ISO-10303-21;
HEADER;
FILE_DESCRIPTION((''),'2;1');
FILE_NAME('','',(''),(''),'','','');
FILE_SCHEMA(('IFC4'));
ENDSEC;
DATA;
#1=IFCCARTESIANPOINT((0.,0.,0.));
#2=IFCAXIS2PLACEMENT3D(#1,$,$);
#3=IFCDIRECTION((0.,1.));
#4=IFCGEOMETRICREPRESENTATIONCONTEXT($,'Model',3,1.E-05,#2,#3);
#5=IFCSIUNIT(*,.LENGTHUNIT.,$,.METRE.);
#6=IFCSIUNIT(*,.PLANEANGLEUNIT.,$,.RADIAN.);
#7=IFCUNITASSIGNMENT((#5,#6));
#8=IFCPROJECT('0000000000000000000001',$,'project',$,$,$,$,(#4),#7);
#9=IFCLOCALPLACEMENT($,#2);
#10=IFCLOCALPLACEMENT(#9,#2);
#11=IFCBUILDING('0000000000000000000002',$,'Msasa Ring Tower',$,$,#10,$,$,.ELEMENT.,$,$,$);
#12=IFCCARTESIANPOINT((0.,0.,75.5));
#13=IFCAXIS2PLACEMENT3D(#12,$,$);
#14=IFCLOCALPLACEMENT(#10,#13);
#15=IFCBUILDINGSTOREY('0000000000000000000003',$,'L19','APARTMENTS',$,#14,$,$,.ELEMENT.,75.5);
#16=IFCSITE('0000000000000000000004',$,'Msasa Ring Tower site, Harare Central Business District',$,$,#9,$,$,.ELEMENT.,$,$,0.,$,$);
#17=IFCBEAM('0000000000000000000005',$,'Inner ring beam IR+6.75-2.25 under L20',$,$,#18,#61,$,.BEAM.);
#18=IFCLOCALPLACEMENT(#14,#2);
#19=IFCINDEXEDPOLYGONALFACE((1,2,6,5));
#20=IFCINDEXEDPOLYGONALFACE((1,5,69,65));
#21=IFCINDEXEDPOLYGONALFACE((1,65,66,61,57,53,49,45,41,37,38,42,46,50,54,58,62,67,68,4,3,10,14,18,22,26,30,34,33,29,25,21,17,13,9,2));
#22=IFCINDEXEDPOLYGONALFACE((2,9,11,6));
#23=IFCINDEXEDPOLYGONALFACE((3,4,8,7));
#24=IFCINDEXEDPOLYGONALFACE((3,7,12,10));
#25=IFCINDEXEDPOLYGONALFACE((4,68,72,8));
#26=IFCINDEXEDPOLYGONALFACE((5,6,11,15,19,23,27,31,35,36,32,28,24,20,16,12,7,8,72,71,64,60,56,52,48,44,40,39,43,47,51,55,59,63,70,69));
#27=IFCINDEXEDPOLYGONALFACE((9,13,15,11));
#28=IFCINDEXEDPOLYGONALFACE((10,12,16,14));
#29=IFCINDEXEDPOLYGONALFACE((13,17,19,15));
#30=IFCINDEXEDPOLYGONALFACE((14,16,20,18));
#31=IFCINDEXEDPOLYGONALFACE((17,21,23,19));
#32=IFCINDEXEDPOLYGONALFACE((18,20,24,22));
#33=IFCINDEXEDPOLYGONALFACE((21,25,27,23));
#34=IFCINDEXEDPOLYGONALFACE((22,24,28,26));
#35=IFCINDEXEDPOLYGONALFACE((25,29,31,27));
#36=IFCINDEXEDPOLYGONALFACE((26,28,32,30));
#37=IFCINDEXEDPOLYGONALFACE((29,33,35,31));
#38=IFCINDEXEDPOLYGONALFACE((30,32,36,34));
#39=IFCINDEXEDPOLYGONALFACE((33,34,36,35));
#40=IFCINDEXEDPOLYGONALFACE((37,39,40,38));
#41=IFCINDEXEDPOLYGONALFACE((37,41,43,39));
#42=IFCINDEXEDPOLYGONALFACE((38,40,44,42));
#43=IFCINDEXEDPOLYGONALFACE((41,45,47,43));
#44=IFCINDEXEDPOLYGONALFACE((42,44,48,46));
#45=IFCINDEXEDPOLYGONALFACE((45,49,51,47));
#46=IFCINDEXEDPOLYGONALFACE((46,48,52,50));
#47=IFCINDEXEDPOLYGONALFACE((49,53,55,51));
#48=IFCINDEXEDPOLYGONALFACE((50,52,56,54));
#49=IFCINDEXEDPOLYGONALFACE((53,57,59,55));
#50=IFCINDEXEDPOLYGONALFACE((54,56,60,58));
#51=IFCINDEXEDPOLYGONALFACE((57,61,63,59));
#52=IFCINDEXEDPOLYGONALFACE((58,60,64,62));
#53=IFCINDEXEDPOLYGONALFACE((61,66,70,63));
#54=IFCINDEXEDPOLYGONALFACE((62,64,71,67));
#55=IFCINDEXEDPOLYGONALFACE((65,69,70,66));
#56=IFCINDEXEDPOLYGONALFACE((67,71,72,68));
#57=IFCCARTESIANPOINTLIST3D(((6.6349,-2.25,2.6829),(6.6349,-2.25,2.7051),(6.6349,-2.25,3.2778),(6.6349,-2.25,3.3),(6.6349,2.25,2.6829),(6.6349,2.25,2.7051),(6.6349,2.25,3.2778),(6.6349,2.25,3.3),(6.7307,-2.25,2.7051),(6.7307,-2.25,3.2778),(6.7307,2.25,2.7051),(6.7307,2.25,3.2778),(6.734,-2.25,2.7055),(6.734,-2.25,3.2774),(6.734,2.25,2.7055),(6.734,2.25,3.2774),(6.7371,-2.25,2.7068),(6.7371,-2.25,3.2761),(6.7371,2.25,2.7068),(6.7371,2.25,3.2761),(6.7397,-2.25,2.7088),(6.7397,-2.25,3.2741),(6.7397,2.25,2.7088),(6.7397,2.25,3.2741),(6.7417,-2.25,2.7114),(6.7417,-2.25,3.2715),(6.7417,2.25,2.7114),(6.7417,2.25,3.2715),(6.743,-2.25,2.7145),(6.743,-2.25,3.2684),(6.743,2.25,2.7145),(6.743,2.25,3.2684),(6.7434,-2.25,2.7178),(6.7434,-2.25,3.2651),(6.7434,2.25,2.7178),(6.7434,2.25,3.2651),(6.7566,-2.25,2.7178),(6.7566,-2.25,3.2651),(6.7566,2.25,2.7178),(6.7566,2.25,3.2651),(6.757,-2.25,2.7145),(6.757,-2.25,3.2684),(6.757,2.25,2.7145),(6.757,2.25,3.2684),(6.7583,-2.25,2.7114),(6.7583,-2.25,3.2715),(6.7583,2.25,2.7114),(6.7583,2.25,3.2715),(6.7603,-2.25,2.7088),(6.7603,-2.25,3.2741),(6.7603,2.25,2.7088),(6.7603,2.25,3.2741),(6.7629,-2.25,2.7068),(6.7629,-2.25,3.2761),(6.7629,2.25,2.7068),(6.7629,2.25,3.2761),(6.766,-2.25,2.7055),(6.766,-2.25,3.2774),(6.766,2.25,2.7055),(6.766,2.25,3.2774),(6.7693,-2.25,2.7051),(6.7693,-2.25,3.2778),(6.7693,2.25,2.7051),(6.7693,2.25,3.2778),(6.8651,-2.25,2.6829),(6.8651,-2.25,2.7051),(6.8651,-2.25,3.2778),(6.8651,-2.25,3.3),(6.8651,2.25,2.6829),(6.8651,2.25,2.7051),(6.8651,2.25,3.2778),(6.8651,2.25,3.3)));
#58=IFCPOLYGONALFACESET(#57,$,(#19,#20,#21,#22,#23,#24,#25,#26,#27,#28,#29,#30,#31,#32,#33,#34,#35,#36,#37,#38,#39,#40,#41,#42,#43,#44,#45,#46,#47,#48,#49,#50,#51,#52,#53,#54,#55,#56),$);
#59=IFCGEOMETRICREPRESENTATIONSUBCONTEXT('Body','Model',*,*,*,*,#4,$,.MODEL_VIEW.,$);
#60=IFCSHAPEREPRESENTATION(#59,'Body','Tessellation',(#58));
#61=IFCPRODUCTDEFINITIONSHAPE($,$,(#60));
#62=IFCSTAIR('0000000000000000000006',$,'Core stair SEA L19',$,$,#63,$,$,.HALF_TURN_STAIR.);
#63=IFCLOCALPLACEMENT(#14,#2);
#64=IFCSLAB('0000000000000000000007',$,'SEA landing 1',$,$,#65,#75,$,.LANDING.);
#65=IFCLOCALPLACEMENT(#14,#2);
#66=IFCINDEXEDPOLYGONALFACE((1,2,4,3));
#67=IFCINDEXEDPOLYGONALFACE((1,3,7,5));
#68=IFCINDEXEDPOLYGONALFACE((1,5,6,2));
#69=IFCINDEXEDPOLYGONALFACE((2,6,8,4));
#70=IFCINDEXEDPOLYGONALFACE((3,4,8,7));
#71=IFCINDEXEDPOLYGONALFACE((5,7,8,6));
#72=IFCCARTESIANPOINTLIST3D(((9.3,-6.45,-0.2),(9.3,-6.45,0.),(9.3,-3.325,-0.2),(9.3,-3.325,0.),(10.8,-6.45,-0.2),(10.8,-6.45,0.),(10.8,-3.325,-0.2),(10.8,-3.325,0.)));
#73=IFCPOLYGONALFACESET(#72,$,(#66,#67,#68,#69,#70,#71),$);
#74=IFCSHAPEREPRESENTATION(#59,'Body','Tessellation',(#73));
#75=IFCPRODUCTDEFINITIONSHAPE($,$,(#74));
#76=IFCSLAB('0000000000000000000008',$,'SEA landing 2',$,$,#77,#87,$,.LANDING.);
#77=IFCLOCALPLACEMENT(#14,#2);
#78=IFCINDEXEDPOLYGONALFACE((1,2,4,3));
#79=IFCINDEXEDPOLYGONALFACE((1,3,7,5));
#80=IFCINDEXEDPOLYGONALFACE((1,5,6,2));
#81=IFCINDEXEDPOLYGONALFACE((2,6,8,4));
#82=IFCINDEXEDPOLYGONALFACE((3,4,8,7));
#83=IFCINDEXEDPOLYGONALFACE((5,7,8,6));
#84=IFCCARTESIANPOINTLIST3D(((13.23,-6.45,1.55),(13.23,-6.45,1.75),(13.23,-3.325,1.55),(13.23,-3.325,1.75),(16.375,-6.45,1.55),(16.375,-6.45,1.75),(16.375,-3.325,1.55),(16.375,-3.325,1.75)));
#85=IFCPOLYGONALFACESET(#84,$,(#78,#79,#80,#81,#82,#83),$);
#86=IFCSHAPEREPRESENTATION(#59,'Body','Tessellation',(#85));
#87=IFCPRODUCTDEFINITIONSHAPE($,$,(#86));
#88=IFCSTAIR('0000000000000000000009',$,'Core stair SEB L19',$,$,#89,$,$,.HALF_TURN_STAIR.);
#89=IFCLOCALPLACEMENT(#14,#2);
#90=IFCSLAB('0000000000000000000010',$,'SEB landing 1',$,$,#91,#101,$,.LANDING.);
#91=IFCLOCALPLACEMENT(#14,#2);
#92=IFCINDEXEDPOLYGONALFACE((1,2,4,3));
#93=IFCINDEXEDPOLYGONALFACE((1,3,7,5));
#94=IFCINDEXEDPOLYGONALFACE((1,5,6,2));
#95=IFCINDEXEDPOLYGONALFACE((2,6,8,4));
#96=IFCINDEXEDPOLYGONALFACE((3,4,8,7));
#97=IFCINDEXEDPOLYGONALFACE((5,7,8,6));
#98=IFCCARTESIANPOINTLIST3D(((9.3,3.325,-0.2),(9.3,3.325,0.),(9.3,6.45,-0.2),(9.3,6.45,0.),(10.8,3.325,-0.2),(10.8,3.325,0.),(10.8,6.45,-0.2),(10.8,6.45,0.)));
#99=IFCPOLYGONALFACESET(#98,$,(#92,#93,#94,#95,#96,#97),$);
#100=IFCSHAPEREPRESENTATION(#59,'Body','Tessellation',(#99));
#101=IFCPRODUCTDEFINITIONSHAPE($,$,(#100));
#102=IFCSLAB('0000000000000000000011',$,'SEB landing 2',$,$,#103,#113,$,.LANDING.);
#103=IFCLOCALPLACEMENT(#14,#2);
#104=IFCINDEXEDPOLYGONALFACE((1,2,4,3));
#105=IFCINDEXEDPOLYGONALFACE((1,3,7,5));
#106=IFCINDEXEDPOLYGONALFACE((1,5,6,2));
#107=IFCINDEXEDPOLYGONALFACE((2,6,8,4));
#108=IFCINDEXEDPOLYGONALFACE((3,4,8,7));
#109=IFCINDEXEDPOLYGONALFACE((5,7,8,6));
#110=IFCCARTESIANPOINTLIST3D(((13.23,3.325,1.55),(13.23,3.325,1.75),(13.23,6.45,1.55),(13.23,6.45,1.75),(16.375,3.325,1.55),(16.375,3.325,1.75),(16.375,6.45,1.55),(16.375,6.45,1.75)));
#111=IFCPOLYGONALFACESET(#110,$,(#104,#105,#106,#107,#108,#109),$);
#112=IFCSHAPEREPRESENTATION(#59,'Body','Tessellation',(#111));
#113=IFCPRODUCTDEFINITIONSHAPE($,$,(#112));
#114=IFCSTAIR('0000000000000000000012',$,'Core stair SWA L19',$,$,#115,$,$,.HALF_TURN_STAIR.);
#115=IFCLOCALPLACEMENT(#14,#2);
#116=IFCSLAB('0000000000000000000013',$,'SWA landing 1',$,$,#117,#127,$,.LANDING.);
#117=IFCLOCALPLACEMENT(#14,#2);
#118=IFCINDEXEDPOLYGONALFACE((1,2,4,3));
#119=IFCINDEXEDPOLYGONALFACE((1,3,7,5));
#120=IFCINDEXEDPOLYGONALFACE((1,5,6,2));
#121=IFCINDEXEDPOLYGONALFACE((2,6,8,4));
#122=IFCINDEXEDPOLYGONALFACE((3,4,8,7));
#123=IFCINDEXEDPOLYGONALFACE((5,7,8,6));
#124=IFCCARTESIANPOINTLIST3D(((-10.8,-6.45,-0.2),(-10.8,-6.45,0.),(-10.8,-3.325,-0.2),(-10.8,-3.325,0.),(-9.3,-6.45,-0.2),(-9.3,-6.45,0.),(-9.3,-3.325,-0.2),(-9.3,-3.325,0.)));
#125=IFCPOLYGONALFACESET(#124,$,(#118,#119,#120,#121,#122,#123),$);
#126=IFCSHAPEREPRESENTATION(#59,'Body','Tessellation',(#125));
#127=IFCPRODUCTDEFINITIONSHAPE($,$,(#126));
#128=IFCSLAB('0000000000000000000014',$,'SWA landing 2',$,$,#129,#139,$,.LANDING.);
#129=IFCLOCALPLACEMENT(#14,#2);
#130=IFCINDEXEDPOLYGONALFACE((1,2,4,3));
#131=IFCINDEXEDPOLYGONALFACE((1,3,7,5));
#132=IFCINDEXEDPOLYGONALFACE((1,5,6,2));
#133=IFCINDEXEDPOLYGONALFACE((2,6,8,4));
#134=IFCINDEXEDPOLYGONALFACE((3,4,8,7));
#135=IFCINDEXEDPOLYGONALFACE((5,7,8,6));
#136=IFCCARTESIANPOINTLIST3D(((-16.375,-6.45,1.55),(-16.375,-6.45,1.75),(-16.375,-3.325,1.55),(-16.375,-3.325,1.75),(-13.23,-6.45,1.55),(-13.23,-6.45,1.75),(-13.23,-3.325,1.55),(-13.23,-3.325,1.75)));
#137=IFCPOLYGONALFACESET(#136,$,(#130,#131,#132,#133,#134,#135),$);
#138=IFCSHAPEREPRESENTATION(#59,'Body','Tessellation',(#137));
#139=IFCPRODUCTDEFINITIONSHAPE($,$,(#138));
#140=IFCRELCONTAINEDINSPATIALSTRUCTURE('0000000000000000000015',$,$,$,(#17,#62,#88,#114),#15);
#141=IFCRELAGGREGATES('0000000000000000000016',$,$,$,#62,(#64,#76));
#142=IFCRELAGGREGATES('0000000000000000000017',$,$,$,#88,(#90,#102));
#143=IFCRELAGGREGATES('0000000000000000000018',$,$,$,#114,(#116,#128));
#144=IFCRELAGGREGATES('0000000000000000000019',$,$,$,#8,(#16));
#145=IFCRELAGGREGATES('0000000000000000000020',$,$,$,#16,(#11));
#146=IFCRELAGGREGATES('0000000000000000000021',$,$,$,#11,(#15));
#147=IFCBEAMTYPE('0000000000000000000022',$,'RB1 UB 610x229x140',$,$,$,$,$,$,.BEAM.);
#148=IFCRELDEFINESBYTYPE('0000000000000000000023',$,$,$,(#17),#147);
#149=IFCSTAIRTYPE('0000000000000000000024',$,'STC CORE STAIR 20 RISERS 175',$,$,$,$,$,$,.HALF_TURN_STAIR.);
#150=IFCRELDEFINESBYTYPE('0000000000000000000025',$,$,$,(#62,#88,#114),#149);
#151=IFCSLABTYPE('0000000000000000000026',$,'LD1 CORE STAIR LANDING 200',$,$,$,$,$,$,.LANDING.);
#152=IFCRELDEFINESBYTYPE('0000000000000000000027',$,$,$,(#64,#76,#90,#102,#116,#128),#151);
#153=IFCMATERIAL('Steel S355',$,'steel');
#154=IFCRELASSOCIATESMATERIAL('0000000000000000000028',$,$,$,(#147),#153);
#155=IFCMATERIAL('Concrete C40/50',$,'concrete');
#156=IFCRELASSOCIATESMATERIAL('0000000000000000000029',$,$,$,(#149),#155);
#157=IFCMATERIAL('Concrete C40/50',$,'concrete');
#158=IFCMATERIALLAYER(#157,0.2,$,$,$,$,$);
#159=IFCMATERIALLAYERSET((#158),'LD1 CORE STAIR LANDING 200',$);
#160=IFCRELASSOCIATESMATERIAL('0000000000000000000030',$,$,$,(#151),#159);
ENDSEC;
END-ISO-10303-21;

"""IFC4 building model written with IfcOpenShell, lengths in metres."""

from ifc_helpers import new_model, si_unit, direction, frame, origin, origin_2d, place, context, subcontext, project, spatial, polyline, i_section, outline, extrude, material, layer, layer_set, material_profile, profile_set, type_object, element, aggregate, save


model = new_model("IFC4")

# Units and contexts
model_context = context("Model", 3, precision=1e-05, world=origin(), true_north=direction((0.0, 1.0)))
body_context = subcontext(model_context, "Body", "Model", "MODEL_VIEW")
ifc_project = project(units=[si_unit("LENGTHUNIT", "METRE"), si_unit("PLANEANGLEUNIT", "RADIAN")], contexts=[model_context])

# Site, building, storey
site_placement = place(None, origin())
site = spatial("IfcSite", under=ifc_project, at=site_placement, Name="Msasa Ring Tower site, Harare Central Business District", CompositionType="ELEMENT", RefElevation=0.0)
building_placement = place(site_placement, origin())
building = spatial("IfcBuilding", under=site, at=building_placement, Name="Msasa Ring Tower", CompositionType="ELEMENT")
storey_placement = place(building_placement, frame((0.0, 0.0, 75.5)))
storey = spatial("IfcBuildingStorey", under=building, at=storey_placement, Name="L19", Description="APARTMENTS", CompositionType="ELEMENT", Elevation=75.5)

# Beam
ifc_material_1 = material(Name="Steel S355", Category="steel")
ifc_material_profile_1 = material_profile(ifc_material_1, i_section(OverallWidth=0.2302, OverallDepth=0.6172, WebThickness=0.0132, FlangeThickness=0.0222, FilletRadius=0.0127, at=origin_2d()), Name="UB 610x229x140")
ifc_profile_set_1 = profile_set([ifc_material_profile_1], Name="Steel S355")
beam_type = type_object("IfcBeamType", Name="RB1 UB 610x229x140", PredefinedType="BEAM", material=ifc_profile_set_1)
for number, where, z_axis, x_axis, name in (
    (1, (6.75, -2.25, 2.9915), (0.0, 1.0, 0.0), (-1.0, 0.0, 0.0), "Inner ring beam IR+6.75-2.25 under L20"),
):
    element("IfcBeam", number, at=place(storey_placement, frame(where, z_axis=z_axis, x_axis=x_axis)), inside=storey, type_object=beam_type, Name=name, PredefinedType="BEAM", context=body_context, shape_type="SweptSolid", body=[
        extrude(i_section(OverallWidth=0.2302, OverallDepth=0.6172, WebThickness=0.0132, FlangeThickness=0.0222, FilletRadius=0.0127, at=origin_2d()), origin(), (0.0, 0.0, 1.0), 4.5),
    ])

# Stairs, slabs
ifc_material_2 = material(Name="Concrete C40/50", Category="concrete")
stair_type = type_object("IfcStairType", Name="STC CORE STAIR 20 RISERS 175", PredefinedType="HALF_TURN_STAIR", material=ifc_material_2)
stair_1_placement = place(storey_placement, origin())
stair_1 = element("IfcStair", 2, at=stair_1_placement, inside=storey, type_object=stair_type, Name="Core stair SEA L19", PredefinedType="HALF_TURN_STAIR")
ifc_material_3 = material(Name="Concrete C40/50", Category="concrete")
ifc_layer = layer(ifc_material_3, 0.2)
ifc_layer_set = layer_set([ifc_layer], Name="LD1 CORE STAIR LANDING 200")
slab_type = type_object("IfcSlabType", Name="LD1 CORE STAIR LANDING 200", PredefinedType="LANDING", material=ifc_layer_set)
slab_1_placement = place(storey_placement, frame((0.0, 0.0, -0.2)))
slab_1 = element("IfcSlab", 3, at=slab_1_placement, type_object=slab_type, Name="SEA landing 1", PredefinedType="LANDING", context=body_context, shape_type="SweptSolid", body=[
    extrude(outline(polyline([(9.3, -6.45), (10.8, -6.45), (10.8, -3.325), (9.3, -3.325), (9.3, -6.45)])), origin(), (0.0, 0.0, 1.0), 0.2),
])
slab_2_placement = place(storey_placement, frame((0.0, 0.0, 1.55)))
slab_2 = element("IfcSlab", 4, at=slab_2_placement, type_object=slab_type, Name="SEA landing 2", PredefinedType="LANDING", context=body_context, shape_type="SweptSolid", body=[
    extrude(outline(polyline([(13.23, -6.45), (16.375, -6.45), (16.375, -3.325), (13.23, -3.325), (13.23, -6.45)])), origin(), (0.0, 0.0, 1.0), 0.2),
])
aggregate(stair_1, [slab_1, slab_2])
stair_2_placement = place(storey_placement, origin())
stair_2 = element("IfcStair", 5, at=stair_2_placement, inside=storey, type_object=stair_type, Name="Core stair SEB L19", PredefinedType="HALF_TURN_STAIR")
slab_3_placement = place(storey_placement, frame((0.0, 0.0, -0.2)))
slab_3 = element("IfcSlab", 6, at=slab_3_placement, type_object=slab_type, Name="SEB landing 1", PredefinedType="LANDING", context=body_context, shape_type="SweptSolid", body=[
    extrude(outline(polyline([(9.3, 3.325), (10.8, 3.325), (10.8, 6.45), (9.3, 6.45), (9.3, 3.325)])), origin(), (0.0, 0.0, 1.0), 0.2),
])
slab_4_placement = place(storey_placement, frame((0.0, 0.0, 1.55)))
slab_4 = element("IfcSlab", 7, at=slab_4_placement, type_object=slab_type, Name="SEB landing 2", PredefinedType="LANDING", context=body_context, shape_type="SweptSolid", body=[
    extrude(outline(polyline([(13.23, 3.325), (16.375, 3.325), (16.375, 6.45), (13.23, 6.45), (13.23, 3.325)])), origin(), (0.0, 0.0, 1.0), 0.2),
])
aggregate(stair_2, [slab_3, slab_4])
stair_3_placement = place(storey_placement, origin())
stair_3 = element("IfcStair", 8, at=stair_3_placement, inside=storey, type_object=stair_type, Name="Core stair SWA L19", PredefinedType="HALF_TURN_STAIR")
slab_5_placement = place(storey_placement, frame((0.0, 0.0, -0.2)))
slab_5 = element("IfcSlab", 9, at=slab_5_placement, type_object=slab_type, Name="SWA landing 1", PredefinedType="LANDING", context=body_context, shape_type="SweptSolid", body=[
    extrude(outline(polyline([(-10.8, -6.45), (-9.3, -6.45), (-9.3, -3.325), (-10.8, -3.325), (-10.8, -6.45)])), origin(), (0.0, 0.0, 1.0), 0.2),
])
slab_6_placement = place(storey_placement, frame((0.0, 0.0, 1.55)))
slab_6 = element("IfcSlab", 10, at=slab_6_placement, type_object=slab_type, Name="SWA landing 2", PredefinedType="LANDING", context=body_context, shape_type="SweptSolid", body=[
    extrude(outline(polyline([(-16.375, -6.45), (-13.23, -6.45), (-13.23, -3.325), (-16.375, -3.325), (-16.375, -6.45)])), origin(), (0.0, 0.0, 1.0), 0.2),
])
aggregate(stair_3, [slab_5, slab_6])

save(model, "model.ifc")
